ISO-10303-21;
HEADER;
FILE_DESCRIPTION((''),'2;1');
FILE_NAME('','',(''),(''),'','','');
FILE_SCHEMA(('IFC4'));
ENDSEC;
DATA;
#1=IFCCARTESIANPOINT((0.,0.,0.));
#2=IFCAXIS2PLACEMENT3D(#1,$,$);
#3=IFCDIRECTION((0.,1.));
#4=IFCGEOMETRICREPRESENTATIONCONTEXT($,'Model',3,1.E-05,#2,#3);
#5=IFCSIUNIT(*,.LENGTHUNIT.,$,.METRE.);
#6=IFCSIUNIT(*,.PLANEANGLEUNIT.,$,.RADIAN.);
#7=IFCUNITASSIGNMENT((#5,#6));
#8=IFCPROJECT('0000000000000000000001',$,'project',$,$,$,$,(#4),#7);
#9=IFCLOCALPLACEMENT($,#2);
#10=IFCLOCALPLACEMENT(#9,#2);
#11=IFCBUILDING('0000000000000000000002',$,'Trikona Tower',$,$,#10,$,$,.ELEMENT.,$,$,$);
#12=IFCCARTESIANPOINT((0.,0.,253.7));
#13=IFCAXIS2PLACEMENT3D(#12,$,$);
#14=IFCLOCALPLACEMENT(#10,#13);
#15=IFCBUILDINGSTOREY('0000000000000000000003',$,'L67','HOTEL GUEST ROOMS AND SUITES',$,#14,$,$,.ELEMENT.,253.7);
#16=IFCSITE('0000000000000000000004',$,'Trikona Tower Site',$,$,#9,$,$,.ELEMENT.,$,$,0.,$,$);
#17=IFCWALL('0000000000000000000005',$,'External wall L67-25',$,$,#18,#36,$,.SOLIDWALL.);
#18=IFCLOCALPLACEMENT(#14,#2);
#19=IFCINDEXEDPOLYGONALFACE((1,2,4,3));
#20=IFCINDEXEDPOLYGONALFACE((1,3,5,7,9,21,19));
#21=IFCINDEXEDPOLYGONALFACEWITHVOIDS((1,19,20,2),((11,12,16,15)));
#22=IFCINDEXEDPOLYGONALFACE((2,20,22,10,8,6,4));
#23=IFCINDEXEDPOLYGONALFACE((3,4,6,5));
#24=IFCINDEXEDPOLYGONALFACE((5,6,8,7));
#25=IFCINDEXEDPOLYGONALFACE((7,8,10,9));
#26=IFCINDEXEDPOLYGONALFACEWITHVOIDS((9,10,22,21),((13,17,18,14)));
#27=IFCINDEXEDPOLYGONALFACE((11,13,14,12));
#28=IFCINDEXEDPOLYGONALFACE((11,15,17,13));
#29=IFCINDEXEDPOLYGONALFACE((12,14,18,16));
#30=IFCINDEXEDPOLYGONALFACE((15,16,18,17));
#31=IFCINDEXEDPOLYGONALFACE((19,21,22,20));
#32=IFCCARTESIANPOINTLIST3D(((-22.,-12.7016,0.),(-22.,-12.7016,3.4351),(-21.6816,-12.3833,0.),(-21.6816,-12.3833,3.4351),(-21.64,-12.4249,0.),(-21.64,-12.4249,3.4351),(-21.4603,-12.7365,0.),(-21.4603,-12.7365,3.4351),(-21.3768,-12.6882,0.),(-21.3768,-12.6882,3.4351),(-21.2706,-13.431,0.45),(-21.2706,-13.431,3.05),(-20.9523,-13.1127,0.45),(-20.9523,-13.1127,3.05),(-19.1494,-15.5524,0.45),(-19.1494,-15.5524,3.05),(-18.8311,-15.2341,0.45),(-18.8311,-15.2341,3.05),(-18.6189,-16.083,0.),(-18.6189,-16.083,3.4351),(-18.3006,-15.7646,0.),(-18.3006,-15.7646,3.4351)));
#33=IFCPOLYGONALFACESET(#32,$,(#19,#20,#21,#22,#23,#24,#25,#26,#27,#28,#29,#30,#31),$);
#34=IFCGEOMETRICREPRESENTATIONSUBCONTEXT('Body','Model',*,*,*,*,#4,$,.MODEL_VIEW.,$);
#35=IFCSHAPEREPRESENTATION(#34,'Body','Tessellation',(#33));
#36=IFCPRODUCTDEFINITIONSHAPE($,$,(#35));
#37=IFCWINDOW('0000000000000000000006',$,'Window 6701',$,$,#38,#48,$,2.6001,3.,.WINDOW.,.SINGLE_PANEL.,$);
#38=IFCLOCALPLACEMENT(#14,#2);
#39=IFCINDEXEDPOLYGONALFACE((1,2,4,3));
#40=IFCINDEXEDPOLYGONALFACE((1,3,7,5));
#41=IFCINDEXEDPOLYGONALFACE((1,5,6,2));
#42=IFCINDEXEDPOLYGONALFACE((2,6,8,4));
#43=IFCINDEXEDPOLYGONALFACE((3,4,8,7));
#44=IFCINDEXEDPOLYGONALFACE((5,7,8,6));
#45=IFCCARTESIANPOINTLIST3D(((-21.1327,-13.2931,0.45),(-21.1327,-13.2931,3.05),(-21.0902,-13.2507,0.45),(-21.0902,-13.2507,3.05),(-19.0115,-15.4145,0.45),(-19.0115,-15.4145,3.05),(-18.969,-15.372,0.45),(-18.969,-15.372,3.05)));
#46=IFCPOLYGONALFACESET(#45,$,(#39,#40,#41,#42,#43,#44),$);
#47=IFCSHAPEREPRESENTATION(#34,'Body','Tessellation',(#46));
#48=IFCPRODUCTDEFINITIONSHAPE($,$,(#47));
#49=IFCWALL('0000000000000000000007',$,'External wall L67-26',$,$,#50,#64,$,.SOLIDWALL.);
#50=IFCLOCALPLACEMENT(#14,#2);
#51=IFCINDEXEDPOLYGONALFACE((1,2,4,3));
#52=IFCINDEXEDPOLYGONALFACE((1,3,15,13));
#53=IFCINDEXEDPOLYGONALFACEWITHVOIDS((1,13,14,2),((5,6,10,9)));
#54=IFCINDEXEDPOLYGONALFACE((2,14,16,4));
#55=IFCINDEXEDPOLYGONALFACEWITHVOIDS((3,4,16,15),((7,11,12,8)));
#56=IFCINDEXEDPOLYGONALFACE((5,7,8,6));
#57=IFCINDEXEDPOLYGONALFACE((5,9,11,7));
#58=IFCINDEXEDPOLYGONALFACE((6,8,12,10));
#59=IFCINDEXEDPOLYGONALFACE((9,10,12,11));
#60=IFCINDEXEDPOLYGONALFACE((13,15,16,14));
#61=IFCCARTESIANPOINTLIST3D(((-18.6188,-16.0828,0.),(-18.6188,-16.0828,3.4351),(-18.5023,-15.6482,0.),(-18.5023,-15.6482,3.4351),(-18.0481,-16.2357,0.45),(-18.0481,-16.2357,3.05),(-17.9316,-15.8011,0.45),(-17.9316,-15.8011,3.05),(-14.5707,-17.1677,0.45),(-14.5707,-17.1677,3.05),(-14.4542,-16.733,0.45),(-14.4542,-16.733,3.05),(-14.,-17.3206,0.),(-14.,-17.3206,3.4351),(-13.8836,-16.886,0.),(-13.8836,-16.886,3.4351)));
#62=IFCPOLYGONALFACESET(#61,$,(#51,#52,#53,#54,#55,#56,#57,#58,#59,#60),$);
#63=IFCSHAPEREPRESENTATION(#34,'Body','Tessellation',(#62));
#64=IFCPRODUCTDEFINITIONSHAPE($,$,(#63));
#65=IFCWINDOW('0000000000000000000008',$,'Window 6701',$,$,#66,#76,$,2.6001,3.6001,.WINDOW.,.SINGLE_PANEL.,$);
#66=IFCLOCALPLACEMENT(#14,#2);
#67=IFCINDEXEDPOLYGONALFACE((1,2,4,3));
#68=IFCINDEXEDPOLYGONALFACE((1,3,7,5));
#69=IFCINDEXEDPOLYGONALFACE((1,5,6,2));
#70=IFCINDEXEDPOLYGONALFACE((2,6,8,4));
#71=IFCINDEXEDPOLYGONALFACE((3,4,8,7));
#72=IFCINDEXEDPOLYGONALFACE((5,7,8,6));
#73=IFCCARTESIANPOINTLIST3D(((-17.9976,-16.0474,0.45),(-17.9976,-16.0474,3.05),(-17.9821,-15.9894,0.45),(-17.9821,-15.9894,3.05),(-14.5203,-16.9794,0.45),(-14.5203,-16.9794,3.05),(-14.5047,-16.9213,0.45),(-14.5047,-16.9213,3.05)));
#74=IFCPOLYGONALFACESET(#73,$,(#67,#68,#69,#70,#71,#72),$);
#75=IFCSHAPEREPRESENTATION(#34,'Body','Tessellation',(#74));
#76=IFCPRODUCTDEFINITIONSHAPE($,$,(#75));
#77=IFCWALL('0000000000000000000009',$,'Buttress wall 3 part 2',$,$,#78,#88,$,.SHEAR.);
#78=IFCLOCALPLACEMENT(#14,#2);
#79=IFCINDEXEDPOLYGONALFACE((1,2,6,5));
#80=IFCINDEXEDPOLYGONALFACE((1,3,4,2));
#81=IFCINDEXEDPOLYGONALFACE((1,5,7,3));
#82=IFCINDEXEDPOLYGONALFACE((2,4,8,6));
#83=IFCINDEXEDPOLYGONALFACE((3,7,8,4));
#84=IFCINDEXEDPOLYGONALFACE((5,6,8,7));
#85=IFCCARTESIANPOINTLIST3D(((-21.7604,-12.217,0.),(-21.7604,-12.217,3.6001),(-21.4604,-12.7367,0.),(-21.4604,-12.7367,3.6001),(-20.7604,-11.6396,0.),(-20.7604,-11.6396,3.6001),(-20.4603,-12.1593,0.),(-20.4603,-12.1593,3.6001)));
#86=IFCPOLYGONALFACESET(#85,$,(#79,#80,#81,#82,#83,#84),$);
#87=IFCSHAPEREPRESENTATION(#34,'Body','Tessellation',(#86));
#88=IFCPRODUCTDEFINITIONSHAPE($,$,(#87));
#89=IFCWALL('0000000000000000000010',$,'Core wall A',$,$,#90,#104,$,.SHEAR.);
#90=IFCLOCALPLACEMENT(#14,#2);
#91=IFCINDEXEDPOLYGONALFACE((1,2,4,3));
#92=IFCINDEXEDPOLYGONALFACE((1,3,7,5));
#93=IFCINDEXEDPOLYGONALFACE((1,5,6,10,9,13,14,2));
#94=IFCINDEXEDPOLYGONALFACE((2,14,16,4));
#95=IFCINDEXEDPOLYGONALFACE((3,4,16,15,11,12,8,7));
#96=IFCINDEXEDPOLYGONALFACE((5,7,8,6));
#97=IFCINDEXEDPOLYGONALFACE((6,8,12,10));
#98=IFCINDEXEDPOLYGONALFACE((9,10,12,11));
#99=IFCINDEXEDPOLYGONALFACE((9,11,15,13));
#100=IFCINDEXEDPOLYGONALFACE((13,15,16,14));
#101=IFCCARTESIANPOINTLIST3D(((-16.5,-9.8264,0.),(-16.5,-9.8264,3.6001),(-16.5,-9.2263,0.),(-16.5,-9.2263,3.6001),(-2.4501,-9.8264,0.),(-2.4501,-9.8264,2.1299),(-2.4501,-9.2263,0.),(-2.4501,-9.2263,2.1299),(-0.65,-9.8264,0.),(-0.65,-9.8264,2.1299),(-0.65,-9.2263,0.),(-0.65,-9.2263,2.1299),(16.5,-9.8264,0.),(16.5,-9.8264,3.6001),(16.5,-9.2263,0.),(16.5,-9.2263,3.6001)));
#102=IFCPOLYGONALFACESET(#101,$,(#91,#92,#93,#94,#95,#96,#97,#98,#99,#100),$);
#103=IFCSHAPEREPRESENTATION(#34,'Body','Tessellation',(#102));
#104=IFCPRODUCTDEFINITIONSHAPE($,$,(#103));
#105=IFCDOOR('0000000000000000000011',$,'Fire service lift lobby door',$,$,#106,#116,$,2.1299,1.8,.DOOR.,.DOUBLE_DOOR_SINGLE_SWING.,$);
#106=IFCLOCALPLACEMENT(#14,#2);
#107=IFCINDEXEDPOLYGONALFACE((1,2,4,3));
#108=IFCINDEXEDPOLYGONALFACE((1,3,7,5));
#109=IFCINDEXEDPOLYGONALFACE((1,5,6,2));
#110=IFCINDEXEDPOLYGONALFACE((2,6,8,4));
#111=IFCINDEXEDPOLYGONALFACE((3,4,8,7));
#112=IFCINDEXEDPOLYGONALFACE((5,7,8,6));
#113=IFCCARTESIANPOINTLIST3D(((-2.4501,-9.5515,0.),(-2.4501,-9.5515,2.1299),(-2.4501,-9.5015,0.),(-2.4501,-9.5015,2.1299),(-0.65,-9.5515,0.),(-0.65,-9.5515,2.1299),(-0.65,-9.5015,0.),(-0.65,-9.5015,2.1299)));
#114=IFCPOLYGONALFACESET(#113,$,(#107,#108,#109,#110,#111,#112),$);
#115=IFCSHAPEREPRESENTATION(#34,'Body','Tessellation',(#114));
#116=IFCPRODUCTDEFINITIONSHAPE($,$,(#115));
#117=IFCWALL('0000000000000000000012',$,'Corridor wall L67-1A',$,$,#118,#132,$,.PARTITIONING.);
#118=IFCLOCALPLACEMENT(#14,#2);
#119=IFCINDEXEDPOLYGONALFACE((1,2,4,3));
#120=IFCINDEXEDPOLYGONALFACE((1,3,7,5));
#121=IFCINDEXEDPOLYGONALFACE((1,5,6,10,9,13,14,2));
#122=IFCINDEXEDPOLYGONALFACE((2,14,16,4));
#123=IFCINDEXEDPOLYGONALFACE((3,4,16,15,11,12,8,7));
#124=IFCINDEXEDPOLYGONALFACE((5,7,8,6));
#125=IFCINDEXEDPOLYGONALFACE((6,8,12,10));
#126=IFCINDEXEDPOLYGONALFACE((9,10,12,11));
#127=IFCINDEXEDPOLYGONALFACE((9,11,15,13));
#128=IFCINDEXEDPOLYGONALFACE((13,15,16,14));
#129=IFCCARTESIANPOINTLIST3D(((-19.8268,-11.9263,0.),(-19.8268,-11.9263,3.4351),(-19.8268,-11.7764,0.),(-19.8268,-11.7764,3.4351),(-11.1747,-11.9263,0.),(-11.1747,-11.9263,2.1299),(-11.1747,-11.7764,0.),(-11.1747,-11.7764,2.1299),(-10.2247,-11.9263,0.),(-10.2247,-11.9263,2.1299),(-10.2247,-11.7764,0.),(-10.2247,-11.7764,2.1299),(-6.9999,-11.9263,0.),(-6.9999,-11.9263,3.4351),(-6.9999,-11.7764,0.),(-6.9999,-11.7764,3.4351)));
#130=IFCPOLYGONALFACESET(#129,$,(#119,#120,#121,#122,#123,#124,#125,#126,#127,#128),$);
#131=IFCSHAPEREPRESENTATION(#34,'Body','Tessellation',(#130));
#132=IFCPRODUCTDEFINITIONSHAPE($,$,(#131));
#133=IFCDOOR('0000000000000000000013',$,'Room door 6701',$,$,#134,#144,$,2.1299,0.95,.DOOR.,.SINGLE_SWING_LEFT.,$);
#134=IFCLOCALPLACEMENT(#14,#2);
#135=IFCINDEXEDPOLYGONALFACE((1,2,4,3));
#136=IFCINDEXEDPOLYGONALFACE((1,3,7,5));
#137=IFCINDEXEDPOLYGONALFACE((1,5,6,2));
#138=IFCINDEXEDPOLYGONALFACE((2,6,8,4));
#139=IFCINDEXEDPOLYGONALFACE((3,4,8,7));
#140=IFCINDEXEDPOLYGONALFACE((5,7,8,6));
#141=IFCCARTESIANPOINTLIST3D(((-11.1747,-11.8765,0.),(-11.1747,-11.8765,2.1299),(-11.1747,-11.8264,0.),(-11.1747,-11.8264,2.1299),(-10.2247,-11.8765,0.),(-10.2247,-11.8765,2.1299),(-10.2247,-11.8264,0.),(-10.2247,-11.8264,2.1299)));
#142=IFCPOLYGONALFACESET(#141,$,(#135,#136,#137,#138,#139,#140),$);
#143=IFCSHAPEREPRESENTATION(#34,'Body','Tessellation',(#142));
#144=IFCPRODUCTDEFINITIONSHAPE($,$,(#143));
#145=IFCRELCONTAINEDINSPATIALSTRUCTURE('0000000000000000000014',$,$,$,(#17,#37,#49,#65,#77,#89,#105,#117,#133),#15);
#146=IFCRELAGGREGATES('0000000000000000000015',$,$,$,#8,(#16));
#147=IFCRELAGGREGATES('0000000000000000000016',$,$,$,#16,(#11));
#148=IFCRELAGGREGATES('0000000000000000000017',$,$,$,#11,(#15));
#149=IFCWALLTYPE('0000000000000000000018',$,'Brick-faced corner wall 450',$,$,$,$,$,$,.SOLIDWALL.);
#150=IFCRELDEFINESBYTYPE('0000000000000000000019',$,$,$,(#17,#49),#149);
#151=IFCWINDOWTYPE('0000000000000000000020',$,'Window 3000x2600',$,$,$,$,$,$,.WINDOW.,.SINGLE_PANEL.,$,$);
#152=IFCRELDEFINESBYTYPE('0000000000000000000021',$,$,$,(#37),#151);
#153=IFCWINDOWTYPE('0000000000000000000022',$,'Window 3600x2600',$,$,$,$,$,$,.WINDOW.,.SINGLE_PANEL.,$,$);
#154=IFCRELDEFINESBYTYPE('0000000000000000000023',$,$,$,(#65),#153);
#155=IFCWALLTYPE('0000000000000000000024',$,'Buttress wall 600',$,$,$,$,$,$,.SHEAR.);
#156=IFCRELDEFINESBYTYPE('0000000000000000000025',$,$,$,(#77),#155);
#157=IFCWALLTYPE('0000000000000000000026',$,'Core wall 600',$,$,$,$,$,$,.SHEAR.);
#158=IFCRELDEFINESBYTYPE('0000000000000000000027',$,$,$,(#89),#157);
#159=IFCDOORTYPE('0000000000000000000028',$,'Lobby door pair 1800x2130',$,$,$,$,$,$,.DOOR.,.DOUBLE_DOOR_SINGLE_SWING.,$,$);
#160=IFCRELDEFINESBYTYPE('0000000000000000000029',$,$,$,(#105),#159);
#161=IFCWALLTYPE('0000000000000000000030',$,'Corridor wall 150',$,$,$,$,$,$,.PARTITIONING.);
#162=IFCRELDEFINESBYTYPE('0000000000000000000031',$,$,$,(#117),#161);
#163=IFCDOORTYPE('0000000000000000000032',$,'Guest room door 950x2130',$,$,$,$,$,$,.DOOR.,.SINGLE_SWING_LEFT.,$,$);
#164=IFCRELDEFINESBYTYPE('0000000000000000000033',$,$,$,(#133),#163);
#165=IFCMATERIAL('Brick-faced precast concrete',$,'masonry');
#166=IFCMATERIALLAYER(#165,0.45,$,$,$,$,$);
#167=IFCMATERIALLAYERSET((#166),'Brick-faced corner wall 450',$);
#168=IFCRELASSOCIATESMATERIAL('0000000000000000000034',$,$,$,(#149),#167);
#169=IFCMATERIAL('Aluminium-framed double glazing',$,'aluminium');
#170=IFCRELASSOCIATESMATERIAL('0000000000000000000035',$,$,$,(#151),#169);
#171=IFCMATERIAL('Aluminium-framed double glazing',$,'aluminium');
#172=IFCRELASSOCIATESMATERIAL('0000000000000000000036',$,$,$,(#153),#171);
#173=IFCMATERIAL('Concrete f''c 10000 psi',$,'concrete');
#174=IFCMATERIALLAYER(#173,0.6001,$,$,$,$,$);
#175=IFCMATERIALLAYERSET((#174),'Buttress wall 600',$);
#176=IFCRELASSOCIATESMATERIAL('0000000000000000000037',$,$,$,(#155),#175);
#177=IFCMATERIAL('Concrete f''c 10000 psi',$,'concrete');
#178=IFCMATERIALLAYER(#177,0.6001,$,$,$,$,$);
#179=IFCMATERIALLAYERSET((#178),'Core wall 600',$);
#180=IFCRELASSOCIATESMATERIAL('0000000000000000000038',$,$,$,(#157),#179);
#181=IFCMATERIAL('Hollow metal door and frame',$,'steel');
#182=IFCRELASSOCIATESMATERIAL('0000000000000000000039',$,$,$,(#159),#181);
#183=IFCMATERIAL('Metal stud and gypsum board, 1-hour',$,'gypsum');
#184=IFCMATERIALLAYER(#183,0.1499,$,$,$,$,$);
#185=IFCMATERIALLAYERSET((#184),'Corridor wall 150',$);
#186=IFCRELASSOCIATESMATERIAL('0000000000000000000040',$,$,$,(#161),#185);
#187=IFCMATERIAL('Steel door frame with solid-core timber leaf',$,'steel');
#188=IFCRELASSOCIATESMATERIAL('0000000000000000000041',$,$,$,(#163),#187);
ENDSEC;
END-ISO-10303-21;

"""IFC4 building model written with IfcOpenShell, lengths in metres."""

from ifc_helpers import new_model, si_unit, direction, frame, frame_2d, origin, place, context, subcontext, project, spatial, polyline, rectangle, outline, extrude, material, layer, layer_set, type_object, element, fill, save


model = new_model("IFC4")

# Units and contexts
model_context = context("Model", 3, precision=1e-05, world=origin(), true_north=direction((0.0, 1.0)))
body_context = subcontext(model_context, "Body", "Model", "MODEL_VIEW")
ifc_project = project(units=[si_unit("LENGTHUNIT", "METRE"), si_unit("PLANEANGLEUNIT", "RADIAN")], contexts=[model_context])

# Site, building, storey
site_placement = place(None, origin())
site = spatial("IfcSite", under=ifc_project, at=site_placement, Name="Trikona Tower Site", CompositionType="ELEMENT", RefElevation=0.0)
building_placement = place(site_placement, origin())
building = spatial("IfcBuilding", under=site, at=building_placement, Name="Trikona Tower", CompositionType="ELEMENT")
storey_placement = place(building_placement, frame((0.0, 0.0, 253.7)))
storey = spatial("IfcBuildingStorey", under=building, at=storey_placement, Name="L67", Description="HOTEL GUEST ROOMS AND SUITES", CompositionType="ELEMENT", Elevation=253.7)

# Walls, openings, windows
ifc_material_1 = material(Name="Brick-faced precast concrete", Category="masonry")
ifc_layer_1 = layer(ifc_material_1, 0.45)
ifc_layer_set_1 = layer_set([ifc_layer_1], Name="Brick-faced corner wall 450")
wall_type_1 = type_object("IfcWallType", Name="Brick-faced corner wall 450", PredefinedType="SOLIDWALL", material=ifc_layer_set_1)
wall_1_placement = place(storey_placement, frame((-21.8408, -12.5425, 0.0), z_axis=(0.0, 0.0, 1.0), x_axis=(0.707081, -0.707132, 0.0)))
wall_1 = element("IfcWall", 1, at=wall_1_placement, inside=storey, type_object=wall_type_1, Name="External wall L67-25", PredefinedType="SOLIDWALL", context=body_context, shape_type="SweptSolid", body=[
    extrude(outline(polyline([(4.7817, 0.2251), (0.4312, 0.2251), (0.4062, 0.1318), (0.0588, 0.2251), (0.0, 0.2251), (0.0, -0.2251), (4.7817, -0.2251), (4.7817, 0.2251)])), origin(), (0.0, 0.0, 1.0), 3.4351),
])
opening_1_placement = place(wall_1_placement, frame((1.0315, 0.0, 0.45)))
opening_1 = element("IfcOpeningElement", 2, at=opening_1_placement, cuts=wall_1, PredefinedType="OPENING", context=body_context, shape_type="SweptSolid", body=[
    extrude(rectangle(XDim=3.0, YDim=2.6001, at=frame_2d((1.5, 1.3))), frame((0.0, 0.2349, 0.0), z_axis=(0.0, -1.0, 0.0), x_axis=(1.0, 0.0, 0.0)), (0.0, 0.0, 1.0), 0.47),
])
ifc_material_2 = material(Name="Aluminium-framed double glazing", Category="aluminium")
window_type_1 = type_object("IfcWindowType", Name="Window 3000x2600", PartitioningType="SINGLE_PANEL", PredefinedType="WINDOW", material=ifc_material_2)
window_1_placement = place(opening_1_placement, origin())
window_1 = element("IfcWindow", 3, at=window_1_placement, inside=storey, type_object=window_type_1, Name="Window 6701", OverallHeight=2.6001, OverallWidth=3.0, PartitioningType="SINGLE_PANEL", PredefinedType="WINDOW", context=body_context, shape_type="SweptSolid", body=[
    extrude(rectangle(XDim=3.0, YDim=2.6001, at=frame_2d((1.5, 1.3))), frame((0.0, 0.03, 0.0), z_axis=(0.0, -1.0, 0.0), x_axis=(1.0, 0.0, 0.0)), (0.0, 0.0, 1.0), 0.0601),
])
fill(opening_1, window_1)
wall_2_placement = place(storey_placement, frame((-18.5605, -15.8655, 0.0), z_axis=(0.0, 0.0, 1.0), x_axis=(0.965914, -0.258864, 0.0)))
wall_2 = element("IfcWall", 4, at=wall_2_placement, inside=storey, type_object=wall_type_1, Name="External wall L67-26", PredefinedType="SOLIDWALL", context=body_context, shape_type="SweptSolid", body=[
    extrude(rectangle(XDim=4.7817, YDim=0.45, at=frame_2d((2.3909, 0.0))), origin(), (0.0, 0.0, 1.0), 3.4351),
])
opening_2_placement = place(wall_2_placement, frame((0.5908, 0.0, 0.45)))
opening_2 = element("IfcOpeningElement", 5, at=opening_2_placement, cuts=wall_2, PredefinedType="OPENING", context=body_context, shape_type="SweptSolid", body=[
    extrude(rectangle(XDim=3.6001, YDim=2.6001, at=frame_2d((1.8, 1.3))), frame((0.0, 0.2349, 0.0), z_axis=(0.0, -1.0, 0.0), x_axis=(1.0, 0.0, 0.0)), (0.0, 0.0, 1.0), 0.47),
])
ifc_material_3 = material(Name="Aluminium-framed double glazing", Category="aluminium")
window_type_2 = type_object("IfcWindowType", Name="Window 3600x2600", PartitioningType="SINGLE_PANEL", PredefinedType="WINDOW", material=ifc_material_3)
window_2_placement = place(opening_2_placement, origin())
window_2 = element("IfcWindow", 6, at=window_2_placement, inside=storey, type_object=window_type_2, Name="Window 6701", OverallHeight=2.6001, OverallWidth=3.6001, PartitioningType="SINGLE_PANEL", PredefinedType="WINDOW", context=body_context, shape_type="SweptSolid", body=[
    extrude(rectangle(XDim=3.6001, YDim=2.6001, at=frame_2d((1.8, 1.3))), frame((0.0, 0.03, 0.0), z_axis=(0.0, -1.0, 0.0), x_axis=(1.0, 0.0, 0.0)), (0.0, 0.0, 1.0), 0.0601),
])
fill(opening_2, window_2)

# Wall
ifc_material_4 = material(Name="Concrete f'c 10000 psi", Category="concrete")
ifc_layer_2 = layer(ifc_material_4, 0.6001)
ifc_layer_set_2 = layer_set([ifc_layer_2], Name="Buttress wall 600")
wall_type_2 = type_object("IfcWallType", Name="Buttress wall 600", PredefinedType="SHEAR", material=ifc_layer_set_2)
wall_3_placement = place(storey_placement, frame((-20.6104, -11.8994, 0.0), z_axis=(0.0, 0.0, 1.0), x_axis=(-0.86601, -0.500027, 0.0)))
element("IfcWall", 7, at=wall_3_placement, inside=storey, type_object=wall_type_2, Name="Buttress wall 3 part 2", PredefinedType="SHEAR", context=body_context, shape_type="SweptSolid", body=[
    extrude(rectangle(XDim=1.1548, YDim=0.6001, at=frame_2d((0.5774, 0.0))), origin(), (0.0, 0.0, 1.0), 3.6001),
])

# Walls, openings, doors
ifc_material_5 = material(Name="Concrete f'c 10000 psi", Category="concrete")
ifc_layer_3 = layer(ifc_material_5, 0.6001)
ifc_layer_set_3 = layer_set([ifc_layer_3], Name="Core wall 600")
wall_type_3 = type_object("IfcWallType", Name="Core wall 600", PredefinedType="SHEAR", material=ifc_layer_set_3)
wall_4_placement = place(storey_placement, frame((-16.5, -9.5264, 0.0), z_axis=(0.0, 0.0, 1.0), x_axis=(1.0, 0.0, 0.0)))
wall_4 = element("IfcWall", 8, at=wall_4_placement, inside=storey, type_object=wall_type_3, Name="Core wall A", PredefinedType="SHEAR", context=body_context, shape_type="SweptSolid", body=[
    extrude(rectangle(XDim=33.0, YDim=0.6001, at=frame_2d((16.5, 0.0))), origin(), (0.0, 0.0, 1.0), 3.6001),
])
opening_3_placement = place(wall_4_placement, frame((14.05, 0.0, 0.0)))
opening_3 = element("IfcOpeningElement", 9, at=opening_3_placement, cuts=wall_4, PredefinedType="OPENING", context=body_context, shape_type="SweptSolid", body=[
    extrude(rectangle(XDim=1.8, YDim=2.1299, at=frame_2d((0.8999, 1.0649))), frame((0.0, 0.3101, 0.0), z_axis=(0.0, -1.0, 0.0), x_axis=(1.0, 0.0, 0.0)), (0.0, 0.0, 1.0), 0.6201),
])
ifc_material_6 = material(Name="Hollow metal door and frame", Category="steel")
door_type_1 = type_object("IfcDoorType", Name="Lobby door pair 1800x2130", OperationType="DOUBLE_DOOR_SINGLE_SWING", PredefinedType="DOOR", material=ifc_material_6)
door_1_placement = place(opening_3_placement, origin())
door_1 = element("IfcDoor", 10, at=door_1_placement, inside=storey, type_object=door_type_1, Name="Fire service lift lobby door", OperationType="DOUBLE_DOOR_SINGLE_SWING", OverallHeight=2.1299, OverallWidth=1.8, PredefinedType="DOOR", context=body_context, shape_type="SweptSolid", body=[
    extrude(rectangle(XDim=1.8, YDim=2.1299, at=frame_2d((0.8999, 1.0649))), frame((0.0, 0.0249, 0.0), z_axis=(0.0, -1.0, 0.0), x_axis=(1.0, 0.0, 0.0)), (0.0, 0.0, 1.0), 0.05),
])
fill(opening_3, door_1)
ifc_material_7 = material(Name="Metal stud and gypsum board, 1-hour", Category="gypsum")
ifc_layer_4 = layer(ifc_material_7, 0.1499)
ifc_layer_set_4 = layer_set([ifc_layer_4], Name="Corridor wall 150")
wall_type_4 = type_object("IfcWallType", Name="Corridor wall 150", PredefinedType="PARTITIONING", material=ifc_layer_set_4)
wall_5_placement = place(storey_placement, frame((-19.8269, -11.8513, 0.0), z_axis=(0.0, 0.0, 1.0), x_axis=(1.0, 0.0, 0.0)))
wall_5 = element("IfcWall", 11, at=wall_5_placement, inside=storey, type_object=wall_type_4, Name="Corridor wall L67-1A", PredefinedType="PARTITIONING", context=body_context, shape_type="SweptSolid", body=[
    extrude(rectangle(XDim=12.8269, YDim=0.1499, at=frame_2d((6.4136, 0.0))), origin(), (0.0, 0.0, 1.0), 3.4351),
])
opening_4_placement = place(wall_5_placement, frame((8.6521, 0.0, 0.0)))
opening_4 = element("IfcOpeningElement", 12, at=opening_4_placement, cuts=wall_5, PredefinedType="OPENING", context=body_context, shape_type="SweptSolid", body=[
    extrude(rectangle(XDim=0.95, YDim=2.1299, at=frame_2d((0.4751, 1.0649))), frame((0.0, 0.085, 0.0), z_axis=(0.0, -1.0, 0.0), x_axis=(1.0, 0.0, 0.0)), (0.0, 0.0, 1.0), 0.1699),
])
ifc_material_8 = material(Name="Steel door frame with solid-core timber leaf", Category="steel")
door_type_2 = type_object("IfcDoorType", Name="Guest room door 950x2130", OperationType="SINGLE_SWING_LEFT", PredefinedType="DOOR", material=ifc_material_8)
door_2_placement = place(opening_4_placement, origin())
door_2 = element("IfcDoor", 13, at=door_2_placement, inside=storey, type_object=door_type_2, Name="Room door 6701", OperationType="SINGLE_SWING_LEFT", OverallHeight=2.1299, OverallWidth=0.95, PredefinedType="DOOR", context=body_context, shape_type="SweptSolid", body=[
    extrude(rectangle(XDim=0.95, YDim=2.1299, at=frame_2d((0.4751, 1.0649))), frame((0.0, 0.0249, 0.0), z_axis=(0.0, -1.0, 0.0), x_axis=(1.0, 0.0, 0.0)), (0.0, 0.0, 1.0), 0.05),
])
fill(opening_4, door_2)

save(model, "model.ifc")
